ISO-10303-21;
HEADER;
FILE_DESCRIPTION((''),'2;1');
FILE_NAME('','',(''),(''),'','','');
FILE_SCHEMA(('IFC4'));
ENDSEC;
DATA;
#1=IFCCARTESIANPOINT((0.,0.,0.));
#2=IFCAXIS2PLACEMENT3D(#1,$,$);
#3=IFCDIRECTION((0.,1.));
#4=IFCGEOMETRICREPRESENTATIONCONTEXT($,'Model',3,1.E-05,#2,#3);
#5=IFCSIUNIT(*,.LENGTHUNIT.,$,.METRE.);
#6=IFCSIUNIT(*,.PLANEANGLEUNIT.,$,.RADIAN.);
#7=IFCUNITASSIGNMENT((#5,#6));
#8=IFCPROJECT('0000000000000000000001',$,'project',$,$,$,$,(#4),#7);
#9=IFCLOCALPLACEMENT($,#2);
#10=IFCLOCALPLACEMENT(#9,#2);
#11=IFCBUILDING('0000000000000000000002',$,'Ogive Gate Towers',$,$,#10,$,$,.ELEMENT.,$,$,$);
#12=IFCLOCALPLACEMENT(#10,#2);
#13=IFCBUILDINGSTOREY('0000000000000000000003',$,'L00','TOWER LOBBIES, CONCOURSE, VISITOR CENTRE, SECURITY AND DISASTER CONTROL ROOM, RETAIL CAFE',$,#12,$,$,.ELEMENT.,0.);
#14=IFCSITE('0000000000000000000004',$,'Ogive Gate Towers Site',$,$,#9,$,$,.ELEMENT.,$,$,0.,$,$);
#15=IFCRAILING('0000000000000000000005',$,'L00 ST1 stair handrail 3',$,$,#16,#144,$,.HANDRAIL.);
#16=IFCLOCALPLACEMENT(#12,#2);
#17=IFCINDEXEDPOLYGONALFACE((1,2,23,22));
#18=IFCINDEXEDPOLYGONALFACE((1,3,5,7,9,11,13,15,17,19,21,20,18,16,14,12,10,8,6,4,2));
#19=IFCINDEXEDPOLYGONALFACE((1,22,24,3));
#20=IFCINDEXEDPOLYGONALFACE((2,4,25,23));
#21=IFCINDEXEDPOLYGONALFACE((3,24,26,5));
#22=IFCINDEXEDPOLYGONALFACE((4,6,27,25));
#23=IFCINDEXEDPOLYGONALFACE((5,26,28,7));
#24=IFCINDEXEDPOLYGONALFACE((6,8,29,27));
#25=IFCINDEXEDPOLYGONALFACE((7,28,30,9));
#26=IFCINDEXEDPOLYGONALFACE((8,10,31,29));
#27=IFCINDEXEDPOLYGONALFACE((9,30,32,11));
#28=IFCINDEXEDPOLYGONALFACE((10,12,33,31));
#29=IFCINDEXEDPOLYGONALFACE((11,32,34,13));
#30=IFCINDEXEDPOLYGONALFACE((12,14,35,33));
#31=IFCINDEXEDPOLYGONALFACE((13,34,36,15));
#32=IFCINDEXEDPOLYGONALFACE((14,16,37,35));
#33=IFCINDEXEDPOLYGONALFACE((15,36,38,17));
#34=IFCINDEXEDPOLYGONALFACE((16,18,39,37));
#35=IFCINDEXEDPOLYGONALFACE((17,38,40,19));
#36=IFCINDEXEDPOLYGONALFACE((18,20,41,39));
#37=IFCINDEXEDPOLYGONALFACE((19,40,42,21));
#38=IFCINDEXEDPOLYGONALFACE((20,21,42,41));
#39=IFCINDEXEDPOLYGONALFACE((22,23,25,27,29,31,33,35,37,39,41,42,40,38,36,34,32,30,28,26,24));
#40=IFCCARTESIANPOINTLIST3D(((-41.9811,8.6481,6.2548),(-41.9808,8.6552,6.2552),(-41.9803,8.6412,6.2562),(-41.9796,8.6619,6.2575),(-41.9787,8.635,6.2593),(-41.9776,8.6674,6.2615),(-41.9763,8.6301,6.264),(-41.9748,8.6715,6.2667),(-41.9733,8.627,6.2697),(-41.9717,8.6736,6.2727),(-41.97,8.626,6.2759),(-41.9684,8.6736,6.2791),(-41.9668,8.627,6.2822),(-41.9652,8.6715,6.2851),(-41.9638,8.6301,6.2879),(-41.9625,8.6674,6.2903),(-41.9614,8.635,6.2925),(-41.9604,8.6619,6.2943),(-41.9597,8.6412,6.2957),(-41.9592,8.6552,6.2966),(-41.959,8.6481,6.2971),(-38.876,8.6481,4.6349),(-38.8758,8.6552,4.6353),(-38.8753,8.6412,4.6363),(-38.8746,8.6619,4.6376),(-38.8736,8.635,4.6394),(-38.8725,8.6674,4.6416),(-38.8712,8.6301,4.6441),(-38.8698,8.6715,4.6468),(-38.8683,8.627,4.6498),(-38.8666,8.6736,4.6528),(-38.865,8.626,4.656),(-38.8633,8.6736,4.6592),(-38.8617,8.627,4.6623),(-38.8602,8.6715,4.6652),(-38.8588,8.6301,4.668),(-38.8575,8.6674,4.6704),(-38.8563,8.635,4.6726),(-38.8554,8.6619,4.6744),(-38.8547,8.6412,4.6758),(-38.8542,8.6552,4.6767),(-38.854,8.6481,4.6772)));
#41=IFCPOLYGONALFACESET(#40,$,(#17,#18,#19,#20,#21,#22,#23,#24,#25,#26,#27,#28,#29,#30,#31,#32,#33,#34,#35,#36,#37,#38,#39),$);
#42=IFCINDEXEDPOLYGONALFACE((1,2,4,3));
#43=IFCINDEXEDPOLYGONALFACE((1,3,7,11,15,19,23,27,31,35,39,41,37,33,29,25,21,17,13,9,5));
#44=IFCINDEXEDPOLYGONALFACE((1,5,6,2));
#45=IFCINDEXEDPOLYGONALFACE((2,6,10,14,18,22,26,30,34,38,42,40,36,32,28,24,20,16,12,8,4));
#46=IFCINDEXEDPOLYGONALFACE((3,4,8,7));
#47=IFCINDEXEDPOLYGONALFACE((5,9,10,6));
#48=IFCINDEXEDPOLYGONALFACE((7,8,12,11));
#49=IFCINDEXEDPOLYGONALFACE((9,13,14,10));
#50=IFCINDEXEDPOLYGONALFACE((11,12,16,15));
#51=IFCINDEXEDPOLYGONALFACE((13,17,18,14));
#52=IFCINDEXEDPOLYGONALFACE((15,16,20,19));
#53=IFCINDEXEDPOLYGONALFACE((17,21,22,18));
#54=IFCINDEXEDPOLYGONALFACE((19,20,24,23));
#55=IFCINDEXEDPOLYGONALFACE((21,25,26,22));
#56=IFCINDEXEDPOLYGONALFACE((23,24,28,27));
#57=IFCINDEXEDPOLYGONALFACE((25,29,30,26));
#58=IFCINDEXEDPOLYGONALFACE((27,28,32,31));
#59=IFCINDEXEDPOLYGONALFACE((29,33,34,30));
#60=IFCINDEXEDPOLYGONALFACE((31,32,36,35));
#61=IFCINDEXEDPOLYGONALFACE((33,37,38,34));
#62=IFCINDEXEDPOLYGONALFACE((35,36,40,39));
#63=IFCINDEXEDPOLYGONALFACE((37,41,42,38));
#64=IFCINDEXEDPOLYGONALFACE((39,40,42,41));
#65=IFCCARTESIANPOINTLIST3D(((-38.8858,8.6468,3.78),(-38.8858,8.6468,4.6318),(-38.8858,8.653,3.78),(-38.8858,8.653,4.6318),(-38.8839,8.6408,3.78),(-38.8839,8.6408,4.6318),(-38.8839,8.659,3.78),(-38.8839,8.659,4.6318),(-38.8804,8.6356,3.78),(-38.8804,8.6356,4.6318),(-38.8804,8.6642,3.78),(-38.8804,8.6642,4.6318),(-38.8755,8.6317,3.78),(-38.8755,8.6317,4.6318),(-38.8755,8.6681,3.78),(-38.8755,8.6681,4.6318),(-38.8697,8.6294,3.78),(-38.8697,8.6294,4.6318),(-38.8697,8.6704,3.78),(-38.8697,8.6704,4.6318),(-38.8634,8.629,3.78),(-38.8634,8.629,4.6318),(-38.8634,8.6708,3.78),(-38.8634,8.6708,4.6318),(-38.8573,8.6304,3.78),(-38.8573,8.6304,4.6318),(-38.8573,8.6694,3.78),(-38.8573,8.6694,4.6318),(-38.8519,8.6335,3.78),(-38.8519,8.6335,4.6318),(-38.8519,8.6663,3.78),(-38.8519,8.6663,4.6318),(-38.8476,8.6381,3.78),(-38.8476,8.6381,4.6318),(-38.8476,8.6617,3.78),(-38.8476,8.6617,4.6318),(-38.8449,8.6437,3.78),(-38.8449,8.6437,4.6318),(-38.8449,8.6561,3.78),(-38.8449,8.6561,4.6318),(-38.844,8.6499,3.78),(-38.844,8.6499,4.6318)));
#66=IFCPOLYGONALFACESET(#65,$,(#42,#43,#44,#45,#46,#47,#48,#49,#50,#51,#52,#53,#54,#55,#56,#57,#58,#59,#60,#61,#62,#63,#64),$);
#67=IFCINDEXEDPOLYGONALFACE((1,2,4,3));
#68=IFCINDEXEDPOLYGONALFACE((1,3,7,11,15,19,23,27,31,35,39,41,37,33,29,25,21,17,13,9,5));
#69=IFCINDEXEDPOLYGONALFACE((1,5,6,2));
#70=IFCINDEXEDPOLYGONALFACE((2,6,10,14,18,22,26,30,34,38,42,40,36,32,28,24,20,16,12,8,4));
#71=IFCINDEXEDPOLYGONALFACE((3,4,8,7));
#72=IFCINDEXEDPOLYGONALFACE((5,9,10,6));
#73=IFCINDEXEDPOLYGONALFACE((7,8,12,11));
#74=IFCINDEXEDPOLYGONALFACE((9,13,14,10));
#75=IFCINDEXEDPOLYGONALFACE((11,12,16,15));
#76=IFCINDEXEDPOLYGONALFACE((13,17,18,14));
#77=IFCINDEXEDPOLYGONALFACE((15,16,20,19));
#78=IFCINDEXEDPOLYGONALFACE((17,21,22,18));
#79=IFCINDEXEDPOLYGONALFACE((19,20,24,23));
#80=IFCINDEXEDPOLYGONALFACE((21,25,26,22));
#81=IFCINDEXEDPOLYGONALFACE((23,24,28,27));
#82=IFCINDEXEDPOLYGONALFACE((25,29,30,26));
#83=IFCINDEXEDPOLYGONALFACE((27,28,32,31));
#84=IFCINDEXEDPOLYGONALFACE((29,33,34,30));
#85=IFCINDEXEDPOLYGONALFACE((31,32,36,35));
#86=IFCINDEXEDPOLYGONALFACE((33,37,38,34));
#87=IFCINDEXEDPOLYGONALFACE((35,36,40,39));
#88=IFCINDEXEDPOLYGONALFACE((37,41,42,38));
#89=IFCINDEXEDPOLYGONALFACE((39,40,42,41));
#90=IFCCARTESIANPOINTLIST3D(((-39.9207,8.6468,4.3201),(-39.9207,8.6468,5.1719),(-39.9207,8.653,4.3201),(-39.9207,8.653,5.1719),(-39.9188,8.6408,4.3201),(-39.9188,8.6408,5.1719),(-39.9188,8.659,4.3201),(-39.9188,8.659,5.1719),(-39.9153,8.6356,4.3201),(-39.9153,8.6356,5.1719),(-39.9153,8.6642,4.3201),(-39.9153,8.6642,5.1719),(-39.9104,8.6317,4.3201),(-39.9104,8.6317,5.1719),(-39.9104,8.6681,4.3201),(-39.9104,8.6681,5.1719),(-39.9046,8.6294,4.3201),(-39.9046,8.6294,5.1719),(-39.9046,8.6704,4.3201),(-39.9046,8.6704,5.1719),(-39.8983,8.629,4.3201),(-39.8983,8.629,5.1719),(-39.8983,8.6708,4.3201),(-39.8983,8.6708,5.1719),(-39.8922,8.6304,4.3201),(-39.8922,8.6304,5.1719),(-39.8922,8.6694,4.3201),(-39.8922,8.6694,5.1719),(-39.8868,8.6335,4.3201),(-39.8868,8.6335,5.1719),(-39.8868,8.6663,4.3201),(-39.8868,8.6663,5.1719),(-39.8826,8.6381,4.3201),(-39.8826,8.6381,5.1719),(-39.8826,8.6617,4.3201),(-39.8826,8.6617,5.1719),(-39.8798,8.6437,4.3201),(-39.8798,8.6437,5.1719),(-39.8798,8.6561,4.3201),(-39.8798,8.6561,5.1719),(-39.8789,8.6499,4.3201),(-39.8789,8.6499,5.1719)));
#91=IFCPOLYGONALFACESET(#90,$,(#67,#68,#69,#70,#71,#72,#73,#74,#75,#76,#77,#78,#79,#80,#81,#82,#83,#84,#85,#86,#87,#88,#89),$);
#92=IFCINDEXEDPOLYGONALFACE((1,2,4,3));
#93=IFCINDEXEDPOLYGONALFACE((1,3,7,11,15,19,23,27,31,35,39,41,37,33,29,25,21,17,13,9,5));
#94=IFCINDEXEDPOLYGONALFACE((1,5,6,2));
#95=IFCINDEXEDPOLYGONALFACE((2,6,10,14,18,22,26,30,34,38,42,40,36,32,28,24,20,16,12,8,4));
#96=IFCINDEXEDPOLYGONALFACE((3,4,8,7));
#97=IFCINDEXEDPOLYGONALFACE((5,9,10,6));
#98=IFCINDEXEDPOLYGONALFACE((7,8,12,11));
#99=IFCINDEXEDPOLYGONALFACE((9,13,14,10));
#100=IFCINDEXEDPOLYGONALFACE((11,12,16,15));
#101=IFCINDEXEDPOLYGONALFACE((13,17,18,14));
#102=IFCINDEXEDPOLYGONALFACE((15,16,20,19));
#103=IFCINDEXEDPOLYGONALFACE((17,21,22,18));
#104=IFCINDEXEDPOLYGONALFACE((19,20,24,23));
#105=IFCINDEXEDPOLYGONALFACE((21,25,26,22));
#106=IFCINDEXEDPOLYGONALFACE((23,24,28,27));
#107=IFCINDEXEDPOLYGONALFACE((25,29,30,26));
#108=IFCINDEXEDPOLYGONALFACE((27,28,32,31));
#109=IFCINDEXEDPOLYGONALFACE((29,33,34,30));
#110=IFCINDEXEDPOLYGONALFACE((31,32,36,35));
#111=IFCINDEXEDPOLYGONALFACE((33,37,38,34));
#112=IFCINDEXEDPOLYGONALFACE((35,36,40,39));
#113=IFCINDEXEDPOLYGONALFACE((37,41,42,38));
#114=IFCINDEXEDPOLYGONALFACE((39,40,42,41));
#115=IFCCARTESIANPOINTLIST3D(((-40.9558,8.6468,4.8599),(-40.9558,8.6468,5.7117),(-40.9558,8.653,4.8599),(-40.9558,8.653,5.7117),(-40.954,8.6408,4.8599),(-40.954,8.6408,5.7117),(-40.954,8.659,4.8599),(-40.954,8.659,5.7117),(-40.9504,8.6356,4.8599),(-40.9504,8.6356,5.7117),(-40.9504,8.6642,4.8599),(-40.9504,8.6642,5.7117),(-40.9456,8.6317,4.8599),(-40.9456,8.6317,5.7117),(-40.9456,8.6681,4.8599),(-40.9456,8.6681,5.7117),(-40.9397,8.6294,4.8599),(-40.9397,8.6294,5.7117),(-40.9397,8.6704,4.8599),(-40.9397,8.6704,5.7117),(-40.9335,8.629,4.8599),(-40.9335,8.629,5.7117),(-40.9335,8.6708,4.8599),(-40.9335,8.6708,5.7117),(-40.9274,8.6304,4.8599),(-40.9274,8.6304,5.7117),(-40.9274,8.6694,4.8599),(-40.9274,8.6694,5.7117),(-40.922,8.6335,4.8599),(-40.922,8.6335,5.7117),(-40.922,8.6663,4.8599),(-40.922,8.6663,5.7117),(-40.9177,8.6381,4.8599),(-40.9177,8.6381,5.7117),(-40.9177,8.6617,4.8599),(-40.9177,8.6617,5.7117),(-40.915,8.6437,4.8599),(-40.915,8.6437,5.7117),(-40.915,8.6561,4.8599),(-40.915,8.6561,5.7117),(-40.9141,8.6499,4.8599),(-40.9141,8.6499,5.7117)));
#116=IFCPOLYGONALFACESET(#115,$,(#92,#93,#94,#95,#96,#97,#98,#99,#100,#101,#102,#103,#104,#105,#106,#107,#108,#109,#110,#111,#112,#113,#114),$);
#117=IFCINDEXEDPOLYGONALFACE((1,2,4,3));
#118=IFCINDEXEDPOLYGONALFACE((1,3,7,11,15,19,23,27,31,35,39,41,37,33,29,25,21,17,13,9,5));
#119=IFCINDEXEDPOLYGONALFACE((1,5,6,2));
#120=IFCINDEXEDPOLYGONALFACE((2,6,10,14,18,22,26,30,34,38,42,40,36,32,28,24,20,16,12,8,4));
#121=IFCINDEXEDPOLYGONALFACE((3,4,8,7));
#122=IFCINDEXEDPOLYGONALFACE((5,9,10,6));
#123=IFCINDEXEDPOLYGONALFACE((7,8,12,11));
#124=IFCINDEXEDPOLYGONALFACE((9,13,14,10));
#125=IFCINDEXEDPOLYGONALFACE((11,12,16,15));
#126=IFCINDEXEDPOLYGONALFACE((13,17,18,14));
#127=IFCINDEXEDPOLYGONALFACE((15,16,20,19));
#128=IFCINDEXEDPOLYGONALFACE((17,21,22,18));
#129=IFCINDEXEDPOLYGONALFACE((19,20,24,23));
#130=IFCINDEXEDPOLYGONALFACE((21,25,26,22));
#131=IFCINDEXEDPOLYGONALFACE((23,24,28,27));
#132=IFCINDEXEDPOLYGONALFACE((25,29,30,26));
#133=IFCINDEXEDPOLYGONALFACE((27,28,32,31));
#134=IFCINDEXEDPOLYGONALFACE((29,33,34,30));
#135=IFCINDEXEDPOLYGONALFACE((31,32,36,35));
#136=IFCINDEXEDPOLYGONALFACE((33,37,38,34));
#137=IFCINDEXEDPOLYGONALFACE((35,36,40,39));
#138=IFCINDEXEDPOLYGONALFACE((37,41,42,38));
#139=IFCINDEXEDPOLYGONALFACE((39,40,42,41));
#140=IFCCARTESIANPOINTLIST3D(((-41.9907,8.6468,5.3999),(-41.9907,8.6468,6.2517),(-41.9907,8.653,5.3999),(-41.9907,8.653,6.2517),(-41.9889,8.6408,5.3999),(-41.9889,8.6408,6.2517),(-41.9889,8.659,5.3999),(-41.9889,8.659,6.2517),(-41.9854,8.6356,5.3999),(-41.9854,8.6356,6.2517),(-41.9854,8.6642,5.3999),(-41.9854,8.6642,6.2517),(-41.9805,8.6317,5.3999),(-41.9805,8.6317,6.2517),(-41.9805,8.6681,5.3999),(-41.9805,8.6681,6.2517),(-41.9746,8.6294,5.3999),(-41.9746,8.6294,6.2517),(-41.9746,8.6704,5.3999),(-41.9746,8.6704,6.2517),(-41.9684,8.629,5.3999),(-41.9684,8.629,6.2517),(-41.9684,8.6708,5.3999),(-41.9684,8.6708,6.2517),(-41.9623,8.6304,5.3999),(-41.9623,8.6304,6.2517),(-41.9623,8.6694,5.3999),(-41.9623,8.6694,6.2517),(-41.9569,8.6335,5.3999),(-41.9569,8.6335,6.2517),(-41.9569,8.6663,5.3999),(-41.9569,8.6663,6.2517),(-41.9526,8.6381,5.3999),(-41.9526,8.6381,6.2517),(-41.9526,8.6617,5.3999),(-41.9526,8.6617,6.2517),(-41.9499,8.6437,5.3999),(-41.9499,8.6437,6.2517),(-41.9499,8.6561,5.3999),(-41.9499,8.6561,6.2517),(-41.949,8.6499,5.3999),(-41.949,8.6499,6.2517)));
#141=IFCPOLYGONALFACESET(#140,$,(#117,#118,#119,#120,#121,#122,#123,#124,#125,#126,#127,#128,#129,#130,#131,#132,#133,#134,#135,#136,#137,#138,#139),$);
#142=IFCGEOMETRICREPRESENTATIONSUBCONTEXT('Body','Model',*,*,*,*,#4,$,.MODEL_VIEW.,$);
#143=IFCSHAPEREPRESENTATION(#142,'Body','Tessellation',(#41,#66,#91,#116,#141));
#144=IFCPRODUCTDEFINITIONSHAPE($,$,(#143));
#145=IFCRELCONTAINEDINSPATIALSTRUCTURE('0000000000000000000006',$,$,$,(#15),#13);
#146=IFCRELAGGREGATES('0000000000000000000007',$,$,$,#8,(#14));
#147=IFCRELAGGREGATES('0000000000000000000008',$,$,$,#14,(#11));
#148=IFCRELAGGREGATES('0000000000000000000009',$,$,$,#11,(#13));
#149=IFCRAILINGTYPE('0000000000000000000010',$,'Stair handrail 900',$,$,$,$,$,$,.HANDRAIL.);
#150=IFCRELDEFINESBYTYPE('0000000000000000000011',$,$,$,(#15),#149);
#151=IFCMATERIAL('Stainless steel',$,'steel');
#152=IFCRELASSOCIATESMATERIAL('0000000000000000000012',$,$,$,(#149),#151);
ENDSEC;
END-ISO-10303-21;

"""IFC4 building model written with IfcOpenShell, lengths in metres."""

from ifc_helpers import new_model, si_unit, direction, frame, origin, origin_2d, place, context, subcontext, project, spatial, circle, extrude, material, type_object, element, save


model = new_model("IFC4")

# Units and contexts
model_context = context("Model", 3, precision=1e-05, world=origin(), true_north=direction((0.0, 1.0)))
body_context = subcontext(model_context, "Body", "Model", "MODEL_VIEW")
ifc_project = project(units=[si_unit("LENGTHUNIT", "METRE"), si_unit("PLANEANGLEUNIT", "RADIAN")], contexts=[model_context])

# Site, building, storey
site_placement = place(None, origin())
site = spatial("IfcSite", under=ifc_project, at=site_placement, Name="Ogive Gate Towers Site", CompositionType="ELEMENT", RefElevation=0.0)
building_placement = place(site_placement, origin())
building = spatial("IfcBuilding", under=site, at=building_placement, Name="Ogive Gate Towers", CompositionType="ELEMENT")
storey_placement = place(building_placement, origin())
storey = spatial("IfcBuildingStorey", under=building, at=storey_placement, Name="L00", Description="TOWER LOBBIES, CONCOURSE, VISITOR CENTRE, SECURITY AND DISASTER CONTROL ROOM, RETAIL CAFE", CompositionType="ELEMENT", Elevation=0.0)

# Railing
ifc_material_1 = material(Name="Stainless steel", Category="steel")
railing_type_1 = type_object("IfcRailingType", Name="Stair handrail 900", PredefinedType="HANDRAIL", material=ifc_material_1)
railing_1_placement = place(storey_placement, frame((-38.865, 8.6499, 3.78)))
element("IfcRailing", 1, at=railing_1_placement, inside=storey, type_object=railing_type_1, Name="L00 ST1 stair handrail 3", PredefinedType="HANDRAIL", context=body_context, shape_type="SweptSolid", body=[
    extrude(circle(Radius=0.0239, at=origin_2d()), frame((0.0, 0.0, 0.876), z_axis=(-0.886599, 0.0, 0.46254), x_axis=(0.0, -1.0, 0.0)), (0.0, 0.0, 1.0), 3.5022),
    extrude(circle(Radius=0.021, at=origin_2d()), origin(), (0.0, 0.0, 1.0), 0.8518),
    extrude(circle(Radius=0.021, at=origin_2d()), frame((-1.0349, 0.0, 0.54)), (0.0, 0.0, 1.0), 0.8518),
    extrude(circle(Radius=0.021, at=origin_2d()), frame((-2.0701, 0.0, 1.0798)), (0.0, 0.0, 1.0), 0.8518),
    extrude(circle(Radius=0.021, at=origin_2d()), frame((-3.105, 0.0, 1.6199)), (0.0, 0.0, 1.0), 0.8518),
])

save(model, "model.ifc")
